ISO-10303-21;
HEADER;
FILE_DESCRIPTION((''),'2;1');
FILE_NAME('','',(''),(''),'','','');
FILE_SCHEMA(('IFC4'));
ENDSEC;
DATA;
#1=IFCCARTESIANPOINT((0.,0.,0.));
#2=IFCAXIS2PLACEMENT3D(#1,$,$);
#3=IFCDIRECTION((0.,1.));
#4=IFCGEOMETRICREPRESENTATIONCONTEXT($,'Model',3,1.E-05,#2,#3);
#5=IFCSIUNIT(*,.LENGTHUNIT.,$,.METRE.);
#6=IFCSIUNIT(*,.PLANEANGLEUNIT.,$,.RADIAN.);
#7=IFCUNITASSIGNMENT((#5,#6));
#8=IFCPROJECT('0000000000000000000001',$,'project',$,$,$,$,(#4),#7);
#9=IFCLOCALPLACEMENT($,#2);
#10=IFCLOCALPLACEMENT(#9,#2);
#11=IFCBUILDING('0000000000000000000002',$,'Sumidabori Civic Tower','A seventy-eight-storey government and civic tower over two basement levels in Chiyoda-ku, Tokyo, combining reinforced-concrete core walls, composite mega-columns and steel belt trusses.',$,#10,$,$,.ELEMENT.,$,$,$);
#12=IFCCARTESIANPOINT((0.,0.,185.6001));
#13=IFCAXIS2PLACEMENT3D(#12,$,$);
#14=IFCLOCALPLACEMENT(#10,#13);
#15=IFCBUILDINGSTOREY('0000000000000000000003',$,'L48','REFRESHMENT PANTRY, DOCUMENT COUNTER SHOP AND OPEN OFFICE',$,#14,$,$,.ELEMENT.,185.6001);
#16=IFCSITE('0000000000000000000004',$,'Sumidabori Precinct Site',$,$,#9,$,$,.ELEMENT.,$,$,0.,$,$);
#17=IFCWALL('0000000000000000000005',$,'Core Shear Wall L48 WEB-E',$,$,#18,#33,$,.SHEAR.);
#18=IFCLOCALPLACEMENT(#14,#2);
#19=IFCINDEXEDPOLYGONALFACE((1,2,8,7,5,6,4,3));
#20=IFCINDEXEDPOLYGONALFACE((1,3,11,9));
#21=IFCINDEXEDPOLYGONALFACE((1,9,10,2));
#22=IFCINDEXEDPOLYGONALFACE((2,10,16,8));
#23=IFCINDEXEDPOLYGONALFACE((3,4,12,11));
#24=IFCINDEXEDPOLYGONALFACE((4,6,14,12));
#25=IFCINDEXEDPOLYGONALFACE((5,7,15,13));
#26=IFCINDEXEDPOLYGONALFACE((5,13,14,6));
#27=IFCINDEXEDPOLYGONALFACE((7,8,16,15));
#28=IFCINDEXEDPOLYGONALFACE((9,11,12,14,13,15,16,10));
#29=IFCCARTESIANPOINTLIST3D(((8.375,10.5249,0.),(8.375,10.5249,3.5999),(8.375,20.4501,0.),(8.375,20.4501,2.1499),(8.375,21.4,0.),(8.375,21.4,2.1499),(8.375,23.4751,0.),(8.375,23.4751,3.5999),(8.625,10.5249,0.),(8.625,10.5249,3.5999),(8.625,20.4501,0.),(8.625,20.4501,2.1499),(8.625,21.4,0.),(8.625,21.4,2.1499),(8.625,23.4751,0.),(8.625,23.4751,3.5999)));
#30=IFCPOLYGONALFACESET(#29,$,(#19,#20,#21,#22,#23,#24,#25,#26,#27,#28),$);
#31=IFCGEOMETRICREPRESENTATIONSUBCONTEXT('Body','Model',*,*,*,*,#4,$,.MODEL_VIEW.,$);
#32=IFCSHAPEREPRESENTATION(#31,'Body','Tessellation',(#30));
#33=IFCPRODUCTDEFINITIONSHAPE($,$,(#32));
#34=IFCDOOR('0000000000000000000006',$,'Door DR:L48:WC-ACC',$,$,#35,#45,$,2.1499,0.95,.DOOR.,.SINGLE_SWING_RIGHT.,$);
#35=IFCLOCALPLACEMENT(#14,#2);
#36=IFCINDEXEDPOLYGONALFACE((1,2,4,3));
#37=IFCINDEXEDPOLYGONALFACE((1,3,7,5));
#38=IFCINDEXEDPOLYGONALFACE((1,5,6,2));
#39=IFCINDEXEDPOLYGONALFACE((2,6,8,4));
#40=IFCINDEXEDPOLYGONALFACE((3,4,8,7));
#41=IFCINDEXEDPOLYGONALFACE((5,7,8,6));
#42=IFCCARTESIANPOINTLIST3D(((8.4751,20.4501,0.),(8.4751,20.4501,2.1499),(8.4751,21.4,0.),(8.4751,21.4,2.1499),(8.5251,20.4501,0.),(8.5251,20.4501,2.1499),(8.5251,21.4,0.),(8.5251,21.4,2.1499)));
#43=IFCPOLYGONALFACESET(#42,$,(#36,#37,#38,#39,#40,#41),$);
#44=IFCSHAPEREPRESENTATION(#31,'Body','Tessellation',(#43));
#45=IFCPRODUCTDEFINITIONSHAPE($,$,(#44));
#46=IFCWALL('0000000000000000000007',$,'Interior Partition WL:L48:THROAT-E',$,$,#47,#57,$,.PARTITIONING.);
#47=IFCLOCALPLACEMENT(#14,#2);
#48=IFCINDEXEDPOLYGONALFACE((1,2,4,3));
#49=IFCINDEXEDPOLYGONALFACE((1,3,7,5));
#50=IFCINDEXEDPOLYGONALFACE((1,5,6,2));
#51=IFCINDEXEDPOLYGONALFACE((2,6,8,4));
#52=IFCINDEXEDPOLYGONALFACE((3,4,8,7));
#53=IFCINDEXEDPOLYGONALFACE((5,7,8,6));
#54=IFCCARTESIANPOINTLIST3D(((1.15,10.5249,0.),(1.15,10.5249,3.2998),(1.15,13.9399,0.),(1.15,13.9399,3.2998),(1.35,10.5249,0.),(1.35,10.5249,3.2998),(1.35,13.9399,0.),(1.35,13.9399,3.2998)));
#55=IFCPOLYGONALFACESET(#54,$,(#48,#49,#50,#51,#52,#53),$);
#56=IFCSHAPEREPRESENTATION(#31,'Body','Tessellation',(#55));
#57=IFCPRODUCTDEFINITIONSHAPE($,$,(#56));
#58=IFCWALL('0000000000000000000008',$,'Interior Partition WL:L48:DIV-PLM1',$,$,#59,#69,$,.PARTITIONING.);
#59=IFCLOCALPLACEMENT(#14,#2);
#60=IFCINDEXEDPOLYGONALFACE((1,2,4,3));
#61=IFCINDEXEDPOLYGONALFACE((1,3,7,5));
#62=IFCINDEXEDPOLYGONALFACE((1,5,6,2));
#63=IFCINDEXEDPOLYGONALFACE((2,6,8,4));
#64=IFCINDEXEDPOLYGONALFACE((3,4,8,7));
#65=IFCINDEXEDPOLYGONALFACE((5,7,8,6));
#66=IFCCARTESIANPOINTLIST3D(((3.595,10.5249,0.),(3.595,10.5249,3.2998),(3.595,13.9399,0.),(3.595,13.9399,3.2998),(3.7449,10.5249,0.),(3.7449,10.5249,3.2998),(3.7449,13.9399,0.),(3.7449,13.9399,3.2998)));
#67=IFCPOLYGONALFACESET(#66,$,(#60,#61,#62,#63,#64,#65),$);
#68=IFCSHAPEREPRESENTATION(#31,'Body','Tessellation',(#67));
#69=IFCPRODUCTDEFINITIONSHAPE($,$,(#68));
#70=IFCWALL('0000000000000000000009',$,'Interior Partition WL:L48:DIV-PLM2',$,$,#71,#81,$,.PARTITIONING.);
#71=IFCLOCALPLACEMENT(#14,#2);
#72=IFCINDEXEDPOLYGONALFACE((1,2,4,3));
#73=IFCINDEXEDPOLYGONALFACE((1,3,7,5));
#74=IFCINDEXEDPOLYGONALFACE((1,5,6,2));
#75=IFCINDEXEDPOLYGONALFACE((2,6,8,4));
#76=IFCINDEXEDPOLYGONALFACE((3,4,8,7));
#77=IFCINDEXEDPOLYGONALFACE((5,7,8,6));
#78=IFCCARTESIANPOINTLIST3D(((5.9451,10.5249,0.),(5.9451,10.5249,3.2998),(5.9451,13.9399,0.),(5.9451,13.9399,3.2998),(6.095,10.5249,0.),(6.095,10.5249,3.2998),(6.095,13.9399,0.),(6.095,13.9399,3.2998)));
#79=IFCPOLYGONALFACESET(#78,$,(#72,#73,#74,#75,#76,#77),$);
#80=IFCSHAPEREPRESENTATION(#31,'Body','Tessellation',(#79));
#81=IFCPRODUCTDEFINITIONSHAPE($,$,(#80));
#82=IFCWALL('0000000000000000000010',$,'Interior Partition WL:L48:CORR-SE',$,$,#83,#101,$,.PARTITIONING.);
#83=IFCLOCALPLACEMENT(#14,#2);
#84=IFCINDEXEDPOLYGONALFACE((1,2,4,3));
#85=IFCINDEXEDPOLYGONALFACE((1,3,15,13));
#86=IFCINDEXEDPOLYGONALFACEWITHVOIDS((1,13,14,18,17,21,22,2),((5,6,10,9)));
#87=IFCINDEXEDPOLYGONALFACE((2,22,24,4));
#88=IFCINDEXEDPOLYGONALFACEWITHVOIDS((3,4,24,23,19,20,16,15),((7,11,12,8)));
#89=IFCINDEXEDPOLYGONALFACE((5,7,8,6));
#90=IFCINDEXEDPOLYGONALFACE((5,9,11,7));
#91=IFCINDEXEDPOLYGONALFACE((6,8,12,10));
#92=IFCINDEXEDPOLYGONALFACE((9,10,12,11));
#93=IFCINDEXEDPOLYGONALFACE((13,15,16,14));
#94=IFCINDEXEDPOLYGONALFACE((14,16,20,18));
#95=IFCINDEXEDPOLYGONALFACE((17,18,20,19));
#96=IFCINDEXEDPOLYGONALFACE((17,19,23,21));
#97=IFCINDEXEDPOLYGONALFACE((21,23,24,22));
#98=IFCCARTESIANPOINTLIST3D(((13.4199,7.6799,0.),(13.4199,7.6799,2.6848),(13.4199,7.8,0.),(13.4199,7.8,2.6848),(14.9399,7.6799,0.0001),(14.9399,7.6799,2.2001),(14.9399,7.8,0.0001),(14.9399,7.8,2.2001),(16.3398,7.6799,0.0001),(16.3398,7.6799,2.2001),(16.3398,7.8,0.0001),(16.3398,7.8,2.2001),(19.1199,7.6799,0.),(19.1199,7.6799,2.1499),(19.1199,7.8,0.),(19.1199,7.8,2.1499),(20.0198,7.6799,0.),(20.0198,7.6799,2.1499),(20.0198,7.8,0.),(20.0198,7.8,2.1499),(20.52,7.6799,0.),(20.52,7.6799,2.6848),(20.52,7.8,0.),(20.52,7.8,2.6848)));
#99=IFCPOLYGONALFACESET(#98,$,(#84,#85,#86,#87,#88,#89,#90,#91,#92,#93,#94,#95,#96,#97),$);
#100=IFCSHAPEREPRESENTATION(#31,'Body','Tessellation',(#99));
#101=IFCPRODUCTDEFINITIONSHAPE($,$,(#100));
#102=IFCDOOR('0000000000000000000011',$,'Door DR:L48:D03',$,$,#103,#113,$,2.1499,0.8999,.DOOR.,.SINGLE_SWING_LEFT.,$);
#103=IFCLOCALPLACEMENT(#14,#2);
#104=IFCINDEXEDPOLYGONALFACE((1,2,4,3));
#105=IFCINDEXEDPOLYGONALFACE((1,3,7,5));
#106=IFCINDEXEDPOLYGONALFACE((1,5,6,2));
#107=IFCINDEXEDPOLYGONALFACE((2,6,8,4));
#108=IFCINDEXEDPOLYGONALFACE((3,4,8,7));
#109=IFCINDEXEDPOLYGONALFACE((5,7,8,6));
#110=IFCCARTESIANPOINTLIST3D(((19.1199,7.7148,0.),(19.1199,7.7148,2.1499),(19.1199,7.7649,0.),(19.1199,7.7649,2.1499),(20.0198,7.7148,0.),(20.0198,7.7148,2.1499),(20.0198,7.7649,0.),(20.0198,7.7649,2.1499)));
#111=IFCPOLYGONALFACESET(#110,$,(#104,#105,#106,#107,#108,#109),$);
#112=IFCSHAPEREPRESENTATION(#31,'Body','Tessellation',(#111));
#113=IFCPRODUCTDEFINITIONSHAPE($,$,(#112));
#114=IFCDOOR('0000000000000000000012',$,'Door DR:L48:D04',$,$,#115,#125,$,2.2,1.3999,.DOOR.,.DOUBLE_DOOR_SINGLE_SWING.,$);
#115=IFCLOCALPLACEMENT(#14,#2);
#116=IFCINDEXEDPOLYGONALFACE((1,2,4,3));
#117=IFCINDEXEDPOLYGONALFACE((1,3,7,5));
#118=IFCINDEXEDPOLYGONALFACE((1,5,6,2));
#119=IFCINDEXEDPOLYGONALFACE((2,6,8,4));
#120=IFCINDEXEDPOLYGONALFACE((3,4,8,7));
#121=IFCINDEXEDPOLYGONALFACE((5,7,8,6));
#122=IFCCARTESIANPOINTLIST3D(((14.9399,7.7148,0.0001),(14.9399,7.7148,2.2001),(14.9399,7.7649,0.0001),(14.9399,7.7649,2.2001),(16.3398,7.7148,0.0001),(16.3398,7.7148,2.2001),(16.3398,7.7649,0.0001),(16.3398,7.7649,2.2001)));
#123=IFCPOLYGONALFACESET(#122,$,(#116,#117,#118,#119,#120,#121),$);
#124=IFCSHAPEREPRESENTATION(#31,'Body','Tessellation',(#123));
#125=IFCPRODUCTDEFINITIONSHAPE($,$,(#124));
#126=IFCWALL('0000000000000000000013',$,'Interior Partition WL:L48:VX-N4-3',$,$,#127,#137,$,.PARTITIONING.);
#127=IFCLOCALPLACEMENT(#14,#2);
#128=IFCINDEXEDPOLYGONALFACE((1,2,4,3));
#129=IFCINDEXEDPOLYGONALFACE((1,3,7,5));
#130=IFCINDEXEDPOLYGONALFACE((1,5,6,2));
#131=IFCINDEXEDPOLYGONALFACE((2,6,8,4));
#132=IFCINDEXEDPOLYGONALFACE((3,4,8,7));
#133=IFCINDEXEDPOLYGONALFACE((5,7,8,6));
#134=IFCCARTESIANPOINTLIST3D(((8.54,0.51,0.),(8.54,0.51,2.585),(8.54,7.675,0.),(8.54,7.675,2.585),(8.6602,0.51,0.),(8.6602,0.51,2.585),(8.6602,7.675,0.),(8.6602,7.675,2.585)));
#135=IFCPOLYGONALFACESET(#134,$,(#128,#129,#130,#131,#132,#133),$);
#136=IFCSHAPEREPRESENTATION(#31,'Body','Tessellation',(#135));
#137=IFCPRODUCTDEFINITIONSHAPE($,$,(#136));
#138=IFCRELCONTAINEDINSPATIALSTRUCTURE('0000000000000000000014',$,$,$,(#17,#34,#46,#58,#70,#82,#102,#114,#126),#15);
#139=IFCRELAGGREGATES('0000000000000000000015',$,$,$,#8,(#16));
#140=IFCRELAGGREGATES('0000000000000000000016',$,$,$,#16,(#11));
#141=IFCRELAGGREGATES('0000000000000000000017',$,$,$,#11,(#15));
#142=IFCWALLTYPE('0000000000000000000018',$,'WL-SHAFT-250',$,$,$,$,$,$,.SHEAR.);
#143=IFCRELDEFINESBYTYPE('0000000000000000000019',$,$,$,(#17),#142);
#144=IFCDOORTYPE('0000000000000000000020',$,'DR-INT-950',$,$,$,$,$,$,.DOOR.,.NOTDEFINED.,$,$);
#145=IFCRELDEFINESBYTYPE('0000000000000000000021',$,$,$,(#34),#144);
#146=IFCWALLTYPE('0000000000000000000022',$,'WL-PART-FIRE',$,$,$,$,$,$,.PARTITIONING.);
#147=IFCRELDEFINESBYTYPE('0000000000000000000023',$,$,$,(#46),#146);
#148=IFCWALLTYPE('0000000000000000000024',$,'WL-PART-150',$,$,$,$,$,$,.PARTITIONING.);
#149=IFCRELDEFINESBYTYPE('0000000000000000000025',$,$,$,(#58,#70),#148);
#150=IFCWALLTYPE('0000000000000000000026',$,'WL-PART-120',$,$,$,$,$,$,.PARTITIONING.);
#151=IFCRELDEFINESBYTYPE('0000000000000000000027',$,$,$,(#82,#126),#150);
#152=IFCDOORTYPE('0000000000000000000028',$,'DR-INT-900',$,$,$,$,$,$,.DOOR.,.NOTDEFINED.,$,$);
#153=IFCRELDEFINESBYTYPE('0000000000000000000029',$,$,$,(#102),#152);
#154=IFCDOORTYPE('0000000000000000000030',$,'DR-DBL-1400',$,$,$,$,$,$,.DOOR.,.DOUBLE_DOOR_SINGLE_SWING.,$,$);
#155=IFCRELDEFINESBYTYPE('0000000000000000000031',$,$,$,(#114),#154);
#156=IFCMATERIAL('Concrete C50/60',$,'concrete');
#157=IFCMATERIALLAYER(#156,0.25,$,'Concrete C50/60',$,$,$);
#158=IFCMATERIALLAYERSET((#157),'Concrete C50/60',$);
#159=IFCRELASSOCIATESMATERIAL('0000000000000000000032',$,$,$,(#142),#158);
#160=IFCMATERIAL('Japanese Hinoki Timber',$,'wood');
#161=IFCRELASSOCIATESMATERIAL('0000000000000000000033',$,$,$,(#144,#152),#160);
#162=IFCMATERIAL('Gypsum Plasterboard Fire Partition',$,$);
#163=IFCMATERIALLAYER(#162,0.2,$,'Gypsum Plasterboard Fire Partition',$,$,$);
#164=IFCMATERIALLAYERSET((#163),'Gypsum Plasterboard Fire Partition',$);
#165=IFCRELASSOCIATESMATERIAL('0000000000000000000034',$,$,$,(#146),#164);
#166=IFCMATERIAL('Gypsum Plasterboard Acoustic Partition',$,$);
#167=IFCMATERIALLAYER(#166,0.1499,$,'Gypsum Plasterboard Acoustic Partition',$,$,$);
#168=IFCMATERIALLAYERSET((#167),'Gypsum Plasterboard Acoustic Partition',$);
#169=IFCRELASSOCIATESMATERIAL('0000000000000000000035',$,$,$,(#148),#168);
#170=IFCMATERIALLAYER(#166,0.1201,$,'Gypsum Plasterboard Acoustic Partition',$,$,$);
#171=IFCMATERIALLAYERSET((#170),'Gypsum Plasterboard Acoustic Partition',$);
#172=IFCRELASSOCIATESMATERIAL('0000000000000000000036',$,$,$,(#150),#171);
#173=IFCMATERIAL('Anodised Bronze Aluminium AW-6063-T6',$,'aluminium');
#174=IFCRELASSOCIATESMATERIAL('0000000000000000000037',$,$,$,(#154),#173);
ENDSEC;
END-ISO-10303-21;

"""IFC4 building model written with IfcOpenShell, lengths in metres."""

from ifc_helpers import new_model, si_unit, direction, frame, frame_2d, origin, place, context, subcontext, project, spatial, rectangle, extrude, source, transform, mapped, material, layer, layer_set, type_object, element, fill, save


model = new_model("IFC4")

# Units and contexts
model_context = context("Model", 3, precision=1e-05, world=origin(), true_north=direction((0.0, 1.0)))
body_context = subcontext(model_context, "Body", "Model", "MODEL_VIEW")
ifc_project = project(units=[si_unit("LENGTHUNIT", "METRE"), si_unit("PLANEANGLEUNIT", "RADIAN")], contexts=[model_context])

# Site, building, storey
site_placement = place(None, origin())
site = spatial("IfcSite", under=ifc_project, at=site_placement, Name="Sumidabori Precinct Site", CompositionType="ELEMENT", RefElevation=0.0)
building_placement = place(site_placement, origin())
building = spatial("IfcBuilding", under=site, at=building_placement, Name="Sumidabori Civic Tower", Description="A seventy-eight-storey government and civic tower over two basement levels in Chiyoda-ku, Tokyo, combining reinforced-concrete core walls, composite mega-columns and steel belt trusses.", CompositionType="ELEMENT")
storey_placement = place(building_placement, frame((0.0, 0.0, 185.6001)))
storey = spatial("IfcBuildingStorey", under=building, at=storey_placement, Name="L48", Description="REFRESHMENT PANTRY, DOCUMENT COUNTER SHOP AND OPEN OFFICE", CompositionType="ELEMENT", Elevation=185.6001)

# Shared definitions
ifc_material_1 = material(Name="Concrete C50/60", Category="concrete")

# Wall, opening, door
ifc_layer_1 = layer(ifc_material_1, 0.25, Name="Concrete C50/60")
ifc_layer_set_1 = layer_set([ifc_layer_1], Name="Concrete C50/60")
wall_type_1 = type_object("IfcWallType", Name="WL-SHAFT-250", PredefinedType="SHEAR", material=ifc_layer_set_1)
shared_shape_1 = source(origin(), body_context, "Body", "SweptSolid", [
    extrude(rectangle(XDim=12.9502, YDim=0.25, at=frame_2d((6.4751, 0.0))), origin(), (0.0, 0.0, 1.0), 3.5999),
])
wall_1_placement = place(storey_placement, frame((8.5, 10.5249, 0.0), z_axis=(0.0, 0.0, 1.0), x_axis=(0.0, 1.0, 0.0)))
wall_1 = element("IfcWall", 1, at=wall_1_placement, inside=storey, type_object=wall_type_1, Name="Core Shear Wall L48 WEB-E", PredefinedType="SHEAR", context=body_context, shape_type="MappedRepresentation", body=[
    mapped(shared_shape_1, transform((0.0, 0.0, 0.0), x_axis=(1.0, 0.0, 0.0), y_axis=(0.0, 1.0, 0.0), z_axis=(0.0, 0.0, 1.0), scale=1.0)),
])
opening_1_placement = place(wall_1_placement, frame((9.925, 0.0, 0.0)))
opening_1 = element("IfcOpeningElement", 2, at=opening_1_placement, cuts=wall_1, PredefinedType="OPENING", context=body_context, shape_type="SweptSolid", body=[
    extrude(rectangle(XDim=0.95, YDim=2.1499, at=frame_2d((0.4751, 1.075))), frame((0.0, 0.137, 0.0), z_axis=(0.0, -1.0, 0.0), x_axis=(1.0, 0.0, 0.0)), (0.0, 0.0, 1.0), 0.2739),
])
ifc_material_2 = material(Name="Japanese Hinoki Timber", Category="wood")
door_type_1 = type_object("IfcDoorType", Name="DR-INT-950", OperationType="NOTDEFINED", PredefinedType="DOOR", material=ifc_material_2)
shared_shape_2 = source(origin(), body_context, "Body", "SweptSolid", [
    extrude(rectangle(XDim=0.95, YDim=2.1499, at=frame_2d((0.4751, 1.075))), frame((0.0, 0.0249, 0.0), z_axis=(0.0, -1.0, 0.0), x_axis=(1.0, 0.0, 0.0)), (0.0, 0.0, 1.0), 0.05),
])
door_1_placement = place(opening_1_placement, origin())
door_1 = element("IfcDoor", 3, at=door_1_placement, inside=storey, type_object=door_type_1, Name="Door DR:L48:WC-ACC", OperationType="SINGLE_SWING_RIGHT", OverallHeight=2.1499, OverallWidth=0.95, PredefinedType="DOOR", context=body_context, shape_type="MappedRepresentation", body=[
    mapped(shared_shape_2, transform((0.0, 0.0, 0.0), x_axis=(1.0, 0.0, 0.0), y_axis=(0.0, 1.0, 0.0), z_axis=(0.0, 0.0, 1.0), scale=1.0)),
])
fill(opening_1, door_1)

# Shared definitions
ifc_material_3 = material(Name="Gypsum Plasterboard Fire Partition")
ifc_layer_2 = layer(ifc_material_3, 0.2, Name="Gypsum Plasterboard Fire Partition")
ifc_layer_set_2 = layer_set([ifc_layer_2], Name="Gypsum Plasterboard Fire Partition")
wall_type_2 = type_object("IfcWallType", Name="WL-PART-FIRE", PredefinedType="PARTITIONING", material=ifc_layer_set_2)

# Walls
shared_shape_3 = source(origin(), body_context, "Body", "SweptSolid", [
    extrude(rectangle(XDim=3.415, YDim=0.2, at=frame_2d((1.7075, 0.0))), origin(), (0.0, 0.0, 1.0), 3.2998),
])
wall_2_placement = place(storey_placement, frame((1.25, 10.5249, 0.0), z_axis=(0.0, 0.0, 1.0), x_axis=(0.0, 1.0, 0.0)))
element("IfcWall", 4, at=wall_2_placement, inside=storey, type_object=wall_type_2, Name="Interior Partition WL:L48:THROAT-E", PredefinedType="PARTITIONING", context=body_context, shape_type="MappedRepresentation", body=[
    mapped(shared_shape_3, transform((0.0, 0.0, 0.0), x_axis=(1.0, 0.0, 0.0), y_axis=(0.0, 1.0, 0.0), z_axis=(0.0, 0.0, 1.0), scale=1.0)),
])
ifc_material_4 = material(Name="Gypsum Plasterboard Acoustic Partition")
ifc_layer_3 = layer(ifc_material_4, 0.1499, Name="Gypsum Plasterboard Acoustic Partition")
ifc_layer_set_3 = layer_set([ifc_layer_3], Name="Gypsum Plasterboard Acoustic Partition")
wall_type_3 = type_object("IfcWallType", Name="WL-PART-150", PredefinedType="PARTITIONING", material=ifc_layer_set_3)
shared_shape_4 = source(origin(), body_context, "Body", "SweptSolid", [
    extrude(rectangle(XDim=3.415, YDim=0.1499, at=frame_2d((1.7075, 0.0))), origin(), (0.0, 0.0, 1.0), 3.2998),
])
for number, where, z_axis, x_axis, name in (
    (5, (3.6699, 10.5249, 0.0), (0.0, 0.0, 1.0), (0.0, 1.0, 0.0), "Interior Partition WL:L48:DIV-PLM1"),
    (6, (6.02, 10.5249, 0.0), (0.0, 0.0, 1.0), (0.0, 1.0, 0.0), "Interior Partition WL:L48:DIV-PLM2"),
):
    element("IfcWall", number, at=place(storey_placement, frame(where, z_axis=z_axis, x_axis=x_axis)), inside=storey, type_object=wall_type_3, Name=name, PredefinedType="PARTITIONING", context=body_context, shape_type="MappedRepresentation", body=[
        mapped(shared_shape_4, transform((0.0, 0.0, 0.0), x_axis=(1.0, 0.0, 0.0), y_axis=(0.0, 1.0, 0.0), z_axis=(0.0, 0.0, 1.0), scale=1.0)),
    ])

# Wall, openings, doors
ifc_layer_4 = layer(ifc_material_4, 0.1201, Name="Gypsum Plasterboard Acoustic Partition")
ifc_layer_set_4 = layer_set([ifc_layer_4], Name="Gypsum Plasterboard Acoustic Partition")
wall_type_4 = type_object("IfcWallType", Name="WL-PART-120", PredefinedType="PARTITIONING", material=ifc_layer_set_4)
shared_shape_5 = source(origin(), body_context, "Body", "SweptSolid", [
    extrude(rectangle(XDim=7.1001, YDim=0.1201, at=frame_2d((3.55, 0.0))), origin(), (0.0, 0.0, 1.0), 2.6848),
])
wall_3_placement = place(storey_placement, frame((13.4199, 7.74, 0.0), z_axis=(0.0, 0.0, 1.0), x_axis=(1.0, 0.0, 0.0)))
wall_3 = element("IfcWall", 7, at=wall_3_placement, inside=storey, type_object=wall_type_4, Name="Interior Partition WL:L48:CORR-SE", PredefinedType="PARTITIONING", context=body_context, shape_type="MappedRepresentation", body=[
    mapped(shared_shape_5, transform((0.0, 0.0, 0.0), x_axis=(1.0, 0.0, 0.0), y_axis=(0.0, 1.0, 0.0), z_axis=(0.0, 0.0, 1.0), scale=1.0)),
])
opening_2_placement = place(wall_3_placement, frame((5.7, 0.0, 0.0)))
opening_2 = element("IfcOpeningElement", 8, at=opening_2_placement, cuts=wall_3, PredefinedType="OPENING", context=body_context, shape_type="SweptSolid", body=[
    extrude(rectangle(XDim=0.8999, YDim=2.1499, at=frame_2d((0.45, 1.075))), frame((0.0, 0.072, 0.0), z_axis=(0.0, -1.0, 0.0), x_axis=(1.0, 0.0, 0.0)), (0.0, 0.0, 1.0), 0.144),
])
opening_3_placement = place(wall_3_placement, frame((1.52, 0.0, 0.0)))
opening_3 = element("IfcOpeningElement", 9, at=opening_3_placement, cuts=wall_3, PredefinedType="OPENING", context=body_context, shape_type="SweptSolid", body=[
    extrude(rectangle(XDim=1.3999, YDim=2.2, at=frame_2d((0.7, 1.1001))), frame((0.0, 0.072, 0.0), z_axis=(0.0, -1.0, 0.0), x_axis=(1.0, 0.0, 0.0)), (0.0, 0.0, 1.0), 0.144),
])
door_type_2 = type_object("IfcDoorType", Name="DR-INT-900", OperationType="NOTDEFINED", PredefinedType="DOOR", material=ifc_material_2)
shared_shape_6 = source(origin(), body_context, "Body", "SweptSolid", [
    extrude(rectangle(XDim=0.8999, YDim=2.1499, at=frame_2d((0.45, 1.075))), frame((0.0, 0.0249, 0.0), z_axis=(0.0, -1.0, 0.0), x_axis=(1.0, 0.0, 0.0)), (0.0, 0.0, 1.0), 0.05),
])
door_2_placement = place(opening_2_placement, origin())
door_2 = element("IfcDoor", 10, at=door_2_placement, inside=storey, type_object=door_type_2, Name="Door DR:L48:D03", OperationType="SINGLE_SWING_LEFT", OverallHeight=2.1499, OverallWidth=0.8999, PredefinedType="DOOR", context=body_context, shape_type="MappedRepresentation", body=[
    mapped(shared_shape_6, transform((0.0, 0.0, 0.0), x_axis=(1.0, 0.0, 0.0), y_axis=(0.0, 1.0, 0.0), z_axis=(0.0, 0.0, 1.0), scale=1.0)),
])
fill(opening_2, door_2)
ifc_material_5 = material(Name="Anodised Bronze Aluminium AW-6063-T6", Category="aluminium")
door_type_3 = type_object("IfcDoorType", Name="DR-DBL-1400", OperationType="DOUBLE_DOOR_SINGLE_SWING", PredefinedType="DOOR", material=ifc_material_5)
shared_shape_7 = source(origin(), body_context, "Body", "SweptSolid", [
    extrude(rectangle(XDim=1.3999, YDim=2.2, at=frame_2d((0.7, 1.1001))), frame((0.0, 0.0249, 0.0), z_axis=(0.0, -1.0, 0.0), x_axis=(1.0, 0.0, 0.0)), (0.0, 0.0, 1.0), 0.05),
])
door_3_placement = place(opening_3_placement, origin())
door_3 = element("IfcDoor", 11, at=door_3_placement, inside=storey, type_object=door_type_3, Name="Door DR:L48:D04", OperationType="DOUBLE_DOOR_SINGLE_SWING", OverallHeight=2.2, OverallWidth=1.3999, PredefinedType="DOOR", context=body_context, shape_type="MappedRepresentation", body=[
    mapped(shared_shape_7, transform((0.0, 0.0, 0.0), x_axis=(1.0, 0.0, 0.0), y_axis=(0.0, 1.0, 0.0), z_axis=(0.0, 0.0, 1.0), scale=1.0)),
])
fill(opening_3, door_3)

# Wall
shared_shape_8 = source(origin(), body_context, "Body", "SweptSolid", [
    extrude(rectangle(XDim=7.165, YDim=0.1201, at=frame_2d((3.5825, 0.0))), origin(), (0.0, 0.0, 1.0), 2.585),
])
wall_4_placement = place(storey_placement, frame((8.6001, 0.51, 0.0), z_axis=(0.0, 0.0, 1.0), x_axis=(0.0, 1.0, 0.0)))
element("IfcWall", 12, at=wall_4_placement, inside=storey, type_object=wall_type_4, Name="Interior Partition WL:L48:VX-N4-3", PredefinedType="PARTITIONING", context=body_context, shape_type="MappedRepresentation", body=[
    mapped(shared_shape_8, transform((0.0, 0.0, 0.0), x_axis=(1.0, 0.0, 0.0), y_axis=(0.0, 1.0, 0.0), z_axis=(0.0, 0.0, 1.0), scale=1.0)),
])

save(model, "model.ifc")
